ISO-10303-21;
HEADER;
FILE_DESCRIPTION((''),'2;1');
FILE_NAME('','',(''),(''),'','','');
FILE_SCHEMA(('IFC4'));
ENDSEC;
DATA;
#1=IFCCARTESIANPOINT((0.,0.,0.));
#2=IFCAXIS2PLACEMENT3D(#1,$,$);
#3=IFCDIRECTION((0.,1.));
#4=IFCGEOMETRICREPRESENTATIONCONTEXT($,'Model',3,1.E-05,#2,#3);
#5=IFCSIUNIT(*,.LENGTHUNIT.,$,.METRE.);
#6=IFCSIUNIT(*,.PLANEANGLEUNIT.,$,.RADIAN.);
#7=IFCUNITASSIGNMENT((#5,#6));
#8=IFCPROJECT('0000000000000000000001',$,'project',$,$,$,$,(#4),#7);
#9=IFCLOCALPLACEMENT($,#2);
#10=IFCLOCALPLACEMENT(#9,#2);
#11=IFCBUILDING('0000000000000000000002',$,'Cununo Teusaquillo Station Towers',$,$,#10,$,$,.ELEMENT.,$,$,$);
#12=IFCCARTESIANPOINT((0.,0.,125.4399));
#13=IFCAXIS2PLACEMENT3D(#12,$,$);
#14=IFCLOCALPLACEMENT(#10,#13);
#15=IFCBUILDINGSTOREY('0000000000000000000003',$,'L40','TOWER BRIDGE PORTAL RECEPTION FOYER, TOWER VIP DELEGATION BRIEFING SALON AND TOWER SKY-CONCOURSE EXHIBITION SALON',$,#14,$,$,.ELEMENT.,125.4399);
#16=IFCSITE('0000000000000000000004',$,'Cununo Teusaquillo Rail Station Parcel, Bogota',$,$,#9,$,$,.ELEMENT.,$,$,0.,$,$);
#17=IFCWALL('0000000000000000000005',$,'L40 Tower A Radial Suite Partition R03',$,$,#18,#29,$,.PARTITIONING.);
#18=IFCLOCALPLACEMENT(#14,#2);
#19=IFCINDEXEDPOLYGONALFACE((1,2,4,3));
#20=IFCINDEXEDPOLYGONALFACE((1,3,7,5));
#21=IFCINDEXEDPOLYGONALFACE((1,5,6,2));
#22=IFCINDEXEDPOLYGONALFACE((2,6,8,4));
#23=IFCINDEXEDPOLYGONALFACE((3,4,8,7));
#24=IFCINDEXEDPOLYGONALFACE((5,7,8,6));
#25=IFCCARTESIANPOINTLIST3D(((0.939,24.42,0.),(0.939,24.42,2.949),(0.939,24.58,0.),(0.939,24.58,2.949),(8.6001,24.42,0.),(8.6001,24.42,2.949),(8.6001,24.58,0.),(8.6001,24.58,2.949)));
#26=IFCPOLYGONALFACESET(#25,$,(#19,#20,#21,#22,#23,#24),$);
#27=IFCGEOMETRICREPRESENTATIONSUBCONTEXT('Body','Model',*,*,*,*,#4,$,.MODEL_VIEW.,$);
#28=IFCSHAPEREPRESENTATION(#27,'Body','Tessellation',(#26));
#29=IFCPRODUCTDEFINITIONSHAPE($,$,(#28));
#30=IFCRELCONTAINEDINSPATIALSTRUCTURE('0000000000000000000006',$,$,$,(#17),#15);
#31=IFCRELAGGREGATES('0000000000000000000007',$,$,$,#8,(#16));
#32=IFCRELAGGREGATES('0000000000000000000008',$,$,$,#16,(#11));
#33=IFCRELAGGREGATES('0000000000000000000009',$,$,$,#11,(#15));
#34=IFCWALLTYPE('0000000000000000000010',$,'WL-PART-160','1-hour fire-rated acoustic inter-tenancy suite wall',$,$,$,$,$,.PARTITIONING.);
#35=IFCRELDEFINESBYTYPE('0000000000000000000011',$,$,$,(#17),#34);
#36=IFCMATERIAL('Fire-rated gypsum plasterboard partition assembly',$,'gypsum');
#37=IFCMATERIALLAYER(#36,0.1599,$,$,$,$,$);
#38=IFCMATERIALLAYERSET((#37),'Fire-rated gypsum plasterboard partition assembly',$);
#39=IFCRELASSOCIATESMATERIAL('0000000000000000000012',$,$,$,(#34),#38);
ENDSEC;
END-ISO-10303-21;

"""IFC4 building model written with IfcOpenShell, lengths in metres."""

from ifc_helpers import new_model, si_unit, direction, frame, frame_2d, origin, place, context, subcontext, project, spatial, rectangle, extrude, material, layer, layer_set, type_object, element, save


model = new_model("IFC4")

# Units and contexts
model_context = context("Model", 3, precision=1e-05, world=origin(), true_north=direction((0.0, 1.0)))
body_context = subcontext(model_context, "Body", "Model", "MODEL_VIEW")
ifc_project = project(units=[si_unit("LENGTHUNIT", "METRE"), si_unit("PLANEANGLEUNIT", "RADIAN")], contexts=[model_context])

# Site, building, storey
site_placement = place(None, origin())
site = spatial("IfcSite", under=ifc_project, at=site_placement, Name="Cununo Teusaquillo Rail Station Parcel, Bogota", CompositionType="ELEMENT", RefElevation=0.0)
building_placement = place(site_placement, origin())
building = spatial("IfcBuilding", under=site, at=building_placement, Name="Cununo Teusaquillo Station Towers", CompositionType="ELEMENT")
storey_placement = place(building_placement, frame((0.0, 0.0, 125.4399)))
storey = spatial("IfcBuildingStorey", under=building, at=storey_placement, Name="L40", Description="TOWER BRIDGE PORTAL RECEPTION FOYER, TOWER VIP DELEGATION BRIEFING SALON AND TOWER SKY-CONCOURSE EXHIBITION SALON", CompositionType="ELEMENT", Elevation=125.4399)

# Wall
ifc_material_1 = material(Name="Fire-rated gypsum plasterboard partition assembly", Category="gypsum")
ifc_layer_1 = layer(ifc_material_1, 0.1599)
ifc_layer_set_1 = layer_set([ifc_layer_1], Name="Fire-rated gypsum plasterboard partition assembly")
wall_type_1 = type_object("IfcWallType", Name="WL-PART-160", Description="1-hour fire-rated acoustic inter-tenancy suite wall", PredefinedType="PARTITIONING", material=ifc_layer_set_1)
wall_1_placement = place(storey_placement, frame((8.6001, 24.5, 0.0), z_axis=(0.0, 0.0, 1.0), x_axis=(-1.0, 0.0, 0.0)))
element("IfcWall", 1, at=wall_1_placement, inside=storey, type_object=wall_type_1, Name="L40 Tower A Radial Suite Partition R03", PredefinedType="PARTITIONING", context=body_context, shape_type="SweptSolid", body=[
    extrude(rectangle(XDim=7.6611, YDim=0.1599, at=frame_2d((3.8306, 0.0))), origin(), (0.0, 0.0, 1.0), 2.949),
])

save(model, "model.ifc")
